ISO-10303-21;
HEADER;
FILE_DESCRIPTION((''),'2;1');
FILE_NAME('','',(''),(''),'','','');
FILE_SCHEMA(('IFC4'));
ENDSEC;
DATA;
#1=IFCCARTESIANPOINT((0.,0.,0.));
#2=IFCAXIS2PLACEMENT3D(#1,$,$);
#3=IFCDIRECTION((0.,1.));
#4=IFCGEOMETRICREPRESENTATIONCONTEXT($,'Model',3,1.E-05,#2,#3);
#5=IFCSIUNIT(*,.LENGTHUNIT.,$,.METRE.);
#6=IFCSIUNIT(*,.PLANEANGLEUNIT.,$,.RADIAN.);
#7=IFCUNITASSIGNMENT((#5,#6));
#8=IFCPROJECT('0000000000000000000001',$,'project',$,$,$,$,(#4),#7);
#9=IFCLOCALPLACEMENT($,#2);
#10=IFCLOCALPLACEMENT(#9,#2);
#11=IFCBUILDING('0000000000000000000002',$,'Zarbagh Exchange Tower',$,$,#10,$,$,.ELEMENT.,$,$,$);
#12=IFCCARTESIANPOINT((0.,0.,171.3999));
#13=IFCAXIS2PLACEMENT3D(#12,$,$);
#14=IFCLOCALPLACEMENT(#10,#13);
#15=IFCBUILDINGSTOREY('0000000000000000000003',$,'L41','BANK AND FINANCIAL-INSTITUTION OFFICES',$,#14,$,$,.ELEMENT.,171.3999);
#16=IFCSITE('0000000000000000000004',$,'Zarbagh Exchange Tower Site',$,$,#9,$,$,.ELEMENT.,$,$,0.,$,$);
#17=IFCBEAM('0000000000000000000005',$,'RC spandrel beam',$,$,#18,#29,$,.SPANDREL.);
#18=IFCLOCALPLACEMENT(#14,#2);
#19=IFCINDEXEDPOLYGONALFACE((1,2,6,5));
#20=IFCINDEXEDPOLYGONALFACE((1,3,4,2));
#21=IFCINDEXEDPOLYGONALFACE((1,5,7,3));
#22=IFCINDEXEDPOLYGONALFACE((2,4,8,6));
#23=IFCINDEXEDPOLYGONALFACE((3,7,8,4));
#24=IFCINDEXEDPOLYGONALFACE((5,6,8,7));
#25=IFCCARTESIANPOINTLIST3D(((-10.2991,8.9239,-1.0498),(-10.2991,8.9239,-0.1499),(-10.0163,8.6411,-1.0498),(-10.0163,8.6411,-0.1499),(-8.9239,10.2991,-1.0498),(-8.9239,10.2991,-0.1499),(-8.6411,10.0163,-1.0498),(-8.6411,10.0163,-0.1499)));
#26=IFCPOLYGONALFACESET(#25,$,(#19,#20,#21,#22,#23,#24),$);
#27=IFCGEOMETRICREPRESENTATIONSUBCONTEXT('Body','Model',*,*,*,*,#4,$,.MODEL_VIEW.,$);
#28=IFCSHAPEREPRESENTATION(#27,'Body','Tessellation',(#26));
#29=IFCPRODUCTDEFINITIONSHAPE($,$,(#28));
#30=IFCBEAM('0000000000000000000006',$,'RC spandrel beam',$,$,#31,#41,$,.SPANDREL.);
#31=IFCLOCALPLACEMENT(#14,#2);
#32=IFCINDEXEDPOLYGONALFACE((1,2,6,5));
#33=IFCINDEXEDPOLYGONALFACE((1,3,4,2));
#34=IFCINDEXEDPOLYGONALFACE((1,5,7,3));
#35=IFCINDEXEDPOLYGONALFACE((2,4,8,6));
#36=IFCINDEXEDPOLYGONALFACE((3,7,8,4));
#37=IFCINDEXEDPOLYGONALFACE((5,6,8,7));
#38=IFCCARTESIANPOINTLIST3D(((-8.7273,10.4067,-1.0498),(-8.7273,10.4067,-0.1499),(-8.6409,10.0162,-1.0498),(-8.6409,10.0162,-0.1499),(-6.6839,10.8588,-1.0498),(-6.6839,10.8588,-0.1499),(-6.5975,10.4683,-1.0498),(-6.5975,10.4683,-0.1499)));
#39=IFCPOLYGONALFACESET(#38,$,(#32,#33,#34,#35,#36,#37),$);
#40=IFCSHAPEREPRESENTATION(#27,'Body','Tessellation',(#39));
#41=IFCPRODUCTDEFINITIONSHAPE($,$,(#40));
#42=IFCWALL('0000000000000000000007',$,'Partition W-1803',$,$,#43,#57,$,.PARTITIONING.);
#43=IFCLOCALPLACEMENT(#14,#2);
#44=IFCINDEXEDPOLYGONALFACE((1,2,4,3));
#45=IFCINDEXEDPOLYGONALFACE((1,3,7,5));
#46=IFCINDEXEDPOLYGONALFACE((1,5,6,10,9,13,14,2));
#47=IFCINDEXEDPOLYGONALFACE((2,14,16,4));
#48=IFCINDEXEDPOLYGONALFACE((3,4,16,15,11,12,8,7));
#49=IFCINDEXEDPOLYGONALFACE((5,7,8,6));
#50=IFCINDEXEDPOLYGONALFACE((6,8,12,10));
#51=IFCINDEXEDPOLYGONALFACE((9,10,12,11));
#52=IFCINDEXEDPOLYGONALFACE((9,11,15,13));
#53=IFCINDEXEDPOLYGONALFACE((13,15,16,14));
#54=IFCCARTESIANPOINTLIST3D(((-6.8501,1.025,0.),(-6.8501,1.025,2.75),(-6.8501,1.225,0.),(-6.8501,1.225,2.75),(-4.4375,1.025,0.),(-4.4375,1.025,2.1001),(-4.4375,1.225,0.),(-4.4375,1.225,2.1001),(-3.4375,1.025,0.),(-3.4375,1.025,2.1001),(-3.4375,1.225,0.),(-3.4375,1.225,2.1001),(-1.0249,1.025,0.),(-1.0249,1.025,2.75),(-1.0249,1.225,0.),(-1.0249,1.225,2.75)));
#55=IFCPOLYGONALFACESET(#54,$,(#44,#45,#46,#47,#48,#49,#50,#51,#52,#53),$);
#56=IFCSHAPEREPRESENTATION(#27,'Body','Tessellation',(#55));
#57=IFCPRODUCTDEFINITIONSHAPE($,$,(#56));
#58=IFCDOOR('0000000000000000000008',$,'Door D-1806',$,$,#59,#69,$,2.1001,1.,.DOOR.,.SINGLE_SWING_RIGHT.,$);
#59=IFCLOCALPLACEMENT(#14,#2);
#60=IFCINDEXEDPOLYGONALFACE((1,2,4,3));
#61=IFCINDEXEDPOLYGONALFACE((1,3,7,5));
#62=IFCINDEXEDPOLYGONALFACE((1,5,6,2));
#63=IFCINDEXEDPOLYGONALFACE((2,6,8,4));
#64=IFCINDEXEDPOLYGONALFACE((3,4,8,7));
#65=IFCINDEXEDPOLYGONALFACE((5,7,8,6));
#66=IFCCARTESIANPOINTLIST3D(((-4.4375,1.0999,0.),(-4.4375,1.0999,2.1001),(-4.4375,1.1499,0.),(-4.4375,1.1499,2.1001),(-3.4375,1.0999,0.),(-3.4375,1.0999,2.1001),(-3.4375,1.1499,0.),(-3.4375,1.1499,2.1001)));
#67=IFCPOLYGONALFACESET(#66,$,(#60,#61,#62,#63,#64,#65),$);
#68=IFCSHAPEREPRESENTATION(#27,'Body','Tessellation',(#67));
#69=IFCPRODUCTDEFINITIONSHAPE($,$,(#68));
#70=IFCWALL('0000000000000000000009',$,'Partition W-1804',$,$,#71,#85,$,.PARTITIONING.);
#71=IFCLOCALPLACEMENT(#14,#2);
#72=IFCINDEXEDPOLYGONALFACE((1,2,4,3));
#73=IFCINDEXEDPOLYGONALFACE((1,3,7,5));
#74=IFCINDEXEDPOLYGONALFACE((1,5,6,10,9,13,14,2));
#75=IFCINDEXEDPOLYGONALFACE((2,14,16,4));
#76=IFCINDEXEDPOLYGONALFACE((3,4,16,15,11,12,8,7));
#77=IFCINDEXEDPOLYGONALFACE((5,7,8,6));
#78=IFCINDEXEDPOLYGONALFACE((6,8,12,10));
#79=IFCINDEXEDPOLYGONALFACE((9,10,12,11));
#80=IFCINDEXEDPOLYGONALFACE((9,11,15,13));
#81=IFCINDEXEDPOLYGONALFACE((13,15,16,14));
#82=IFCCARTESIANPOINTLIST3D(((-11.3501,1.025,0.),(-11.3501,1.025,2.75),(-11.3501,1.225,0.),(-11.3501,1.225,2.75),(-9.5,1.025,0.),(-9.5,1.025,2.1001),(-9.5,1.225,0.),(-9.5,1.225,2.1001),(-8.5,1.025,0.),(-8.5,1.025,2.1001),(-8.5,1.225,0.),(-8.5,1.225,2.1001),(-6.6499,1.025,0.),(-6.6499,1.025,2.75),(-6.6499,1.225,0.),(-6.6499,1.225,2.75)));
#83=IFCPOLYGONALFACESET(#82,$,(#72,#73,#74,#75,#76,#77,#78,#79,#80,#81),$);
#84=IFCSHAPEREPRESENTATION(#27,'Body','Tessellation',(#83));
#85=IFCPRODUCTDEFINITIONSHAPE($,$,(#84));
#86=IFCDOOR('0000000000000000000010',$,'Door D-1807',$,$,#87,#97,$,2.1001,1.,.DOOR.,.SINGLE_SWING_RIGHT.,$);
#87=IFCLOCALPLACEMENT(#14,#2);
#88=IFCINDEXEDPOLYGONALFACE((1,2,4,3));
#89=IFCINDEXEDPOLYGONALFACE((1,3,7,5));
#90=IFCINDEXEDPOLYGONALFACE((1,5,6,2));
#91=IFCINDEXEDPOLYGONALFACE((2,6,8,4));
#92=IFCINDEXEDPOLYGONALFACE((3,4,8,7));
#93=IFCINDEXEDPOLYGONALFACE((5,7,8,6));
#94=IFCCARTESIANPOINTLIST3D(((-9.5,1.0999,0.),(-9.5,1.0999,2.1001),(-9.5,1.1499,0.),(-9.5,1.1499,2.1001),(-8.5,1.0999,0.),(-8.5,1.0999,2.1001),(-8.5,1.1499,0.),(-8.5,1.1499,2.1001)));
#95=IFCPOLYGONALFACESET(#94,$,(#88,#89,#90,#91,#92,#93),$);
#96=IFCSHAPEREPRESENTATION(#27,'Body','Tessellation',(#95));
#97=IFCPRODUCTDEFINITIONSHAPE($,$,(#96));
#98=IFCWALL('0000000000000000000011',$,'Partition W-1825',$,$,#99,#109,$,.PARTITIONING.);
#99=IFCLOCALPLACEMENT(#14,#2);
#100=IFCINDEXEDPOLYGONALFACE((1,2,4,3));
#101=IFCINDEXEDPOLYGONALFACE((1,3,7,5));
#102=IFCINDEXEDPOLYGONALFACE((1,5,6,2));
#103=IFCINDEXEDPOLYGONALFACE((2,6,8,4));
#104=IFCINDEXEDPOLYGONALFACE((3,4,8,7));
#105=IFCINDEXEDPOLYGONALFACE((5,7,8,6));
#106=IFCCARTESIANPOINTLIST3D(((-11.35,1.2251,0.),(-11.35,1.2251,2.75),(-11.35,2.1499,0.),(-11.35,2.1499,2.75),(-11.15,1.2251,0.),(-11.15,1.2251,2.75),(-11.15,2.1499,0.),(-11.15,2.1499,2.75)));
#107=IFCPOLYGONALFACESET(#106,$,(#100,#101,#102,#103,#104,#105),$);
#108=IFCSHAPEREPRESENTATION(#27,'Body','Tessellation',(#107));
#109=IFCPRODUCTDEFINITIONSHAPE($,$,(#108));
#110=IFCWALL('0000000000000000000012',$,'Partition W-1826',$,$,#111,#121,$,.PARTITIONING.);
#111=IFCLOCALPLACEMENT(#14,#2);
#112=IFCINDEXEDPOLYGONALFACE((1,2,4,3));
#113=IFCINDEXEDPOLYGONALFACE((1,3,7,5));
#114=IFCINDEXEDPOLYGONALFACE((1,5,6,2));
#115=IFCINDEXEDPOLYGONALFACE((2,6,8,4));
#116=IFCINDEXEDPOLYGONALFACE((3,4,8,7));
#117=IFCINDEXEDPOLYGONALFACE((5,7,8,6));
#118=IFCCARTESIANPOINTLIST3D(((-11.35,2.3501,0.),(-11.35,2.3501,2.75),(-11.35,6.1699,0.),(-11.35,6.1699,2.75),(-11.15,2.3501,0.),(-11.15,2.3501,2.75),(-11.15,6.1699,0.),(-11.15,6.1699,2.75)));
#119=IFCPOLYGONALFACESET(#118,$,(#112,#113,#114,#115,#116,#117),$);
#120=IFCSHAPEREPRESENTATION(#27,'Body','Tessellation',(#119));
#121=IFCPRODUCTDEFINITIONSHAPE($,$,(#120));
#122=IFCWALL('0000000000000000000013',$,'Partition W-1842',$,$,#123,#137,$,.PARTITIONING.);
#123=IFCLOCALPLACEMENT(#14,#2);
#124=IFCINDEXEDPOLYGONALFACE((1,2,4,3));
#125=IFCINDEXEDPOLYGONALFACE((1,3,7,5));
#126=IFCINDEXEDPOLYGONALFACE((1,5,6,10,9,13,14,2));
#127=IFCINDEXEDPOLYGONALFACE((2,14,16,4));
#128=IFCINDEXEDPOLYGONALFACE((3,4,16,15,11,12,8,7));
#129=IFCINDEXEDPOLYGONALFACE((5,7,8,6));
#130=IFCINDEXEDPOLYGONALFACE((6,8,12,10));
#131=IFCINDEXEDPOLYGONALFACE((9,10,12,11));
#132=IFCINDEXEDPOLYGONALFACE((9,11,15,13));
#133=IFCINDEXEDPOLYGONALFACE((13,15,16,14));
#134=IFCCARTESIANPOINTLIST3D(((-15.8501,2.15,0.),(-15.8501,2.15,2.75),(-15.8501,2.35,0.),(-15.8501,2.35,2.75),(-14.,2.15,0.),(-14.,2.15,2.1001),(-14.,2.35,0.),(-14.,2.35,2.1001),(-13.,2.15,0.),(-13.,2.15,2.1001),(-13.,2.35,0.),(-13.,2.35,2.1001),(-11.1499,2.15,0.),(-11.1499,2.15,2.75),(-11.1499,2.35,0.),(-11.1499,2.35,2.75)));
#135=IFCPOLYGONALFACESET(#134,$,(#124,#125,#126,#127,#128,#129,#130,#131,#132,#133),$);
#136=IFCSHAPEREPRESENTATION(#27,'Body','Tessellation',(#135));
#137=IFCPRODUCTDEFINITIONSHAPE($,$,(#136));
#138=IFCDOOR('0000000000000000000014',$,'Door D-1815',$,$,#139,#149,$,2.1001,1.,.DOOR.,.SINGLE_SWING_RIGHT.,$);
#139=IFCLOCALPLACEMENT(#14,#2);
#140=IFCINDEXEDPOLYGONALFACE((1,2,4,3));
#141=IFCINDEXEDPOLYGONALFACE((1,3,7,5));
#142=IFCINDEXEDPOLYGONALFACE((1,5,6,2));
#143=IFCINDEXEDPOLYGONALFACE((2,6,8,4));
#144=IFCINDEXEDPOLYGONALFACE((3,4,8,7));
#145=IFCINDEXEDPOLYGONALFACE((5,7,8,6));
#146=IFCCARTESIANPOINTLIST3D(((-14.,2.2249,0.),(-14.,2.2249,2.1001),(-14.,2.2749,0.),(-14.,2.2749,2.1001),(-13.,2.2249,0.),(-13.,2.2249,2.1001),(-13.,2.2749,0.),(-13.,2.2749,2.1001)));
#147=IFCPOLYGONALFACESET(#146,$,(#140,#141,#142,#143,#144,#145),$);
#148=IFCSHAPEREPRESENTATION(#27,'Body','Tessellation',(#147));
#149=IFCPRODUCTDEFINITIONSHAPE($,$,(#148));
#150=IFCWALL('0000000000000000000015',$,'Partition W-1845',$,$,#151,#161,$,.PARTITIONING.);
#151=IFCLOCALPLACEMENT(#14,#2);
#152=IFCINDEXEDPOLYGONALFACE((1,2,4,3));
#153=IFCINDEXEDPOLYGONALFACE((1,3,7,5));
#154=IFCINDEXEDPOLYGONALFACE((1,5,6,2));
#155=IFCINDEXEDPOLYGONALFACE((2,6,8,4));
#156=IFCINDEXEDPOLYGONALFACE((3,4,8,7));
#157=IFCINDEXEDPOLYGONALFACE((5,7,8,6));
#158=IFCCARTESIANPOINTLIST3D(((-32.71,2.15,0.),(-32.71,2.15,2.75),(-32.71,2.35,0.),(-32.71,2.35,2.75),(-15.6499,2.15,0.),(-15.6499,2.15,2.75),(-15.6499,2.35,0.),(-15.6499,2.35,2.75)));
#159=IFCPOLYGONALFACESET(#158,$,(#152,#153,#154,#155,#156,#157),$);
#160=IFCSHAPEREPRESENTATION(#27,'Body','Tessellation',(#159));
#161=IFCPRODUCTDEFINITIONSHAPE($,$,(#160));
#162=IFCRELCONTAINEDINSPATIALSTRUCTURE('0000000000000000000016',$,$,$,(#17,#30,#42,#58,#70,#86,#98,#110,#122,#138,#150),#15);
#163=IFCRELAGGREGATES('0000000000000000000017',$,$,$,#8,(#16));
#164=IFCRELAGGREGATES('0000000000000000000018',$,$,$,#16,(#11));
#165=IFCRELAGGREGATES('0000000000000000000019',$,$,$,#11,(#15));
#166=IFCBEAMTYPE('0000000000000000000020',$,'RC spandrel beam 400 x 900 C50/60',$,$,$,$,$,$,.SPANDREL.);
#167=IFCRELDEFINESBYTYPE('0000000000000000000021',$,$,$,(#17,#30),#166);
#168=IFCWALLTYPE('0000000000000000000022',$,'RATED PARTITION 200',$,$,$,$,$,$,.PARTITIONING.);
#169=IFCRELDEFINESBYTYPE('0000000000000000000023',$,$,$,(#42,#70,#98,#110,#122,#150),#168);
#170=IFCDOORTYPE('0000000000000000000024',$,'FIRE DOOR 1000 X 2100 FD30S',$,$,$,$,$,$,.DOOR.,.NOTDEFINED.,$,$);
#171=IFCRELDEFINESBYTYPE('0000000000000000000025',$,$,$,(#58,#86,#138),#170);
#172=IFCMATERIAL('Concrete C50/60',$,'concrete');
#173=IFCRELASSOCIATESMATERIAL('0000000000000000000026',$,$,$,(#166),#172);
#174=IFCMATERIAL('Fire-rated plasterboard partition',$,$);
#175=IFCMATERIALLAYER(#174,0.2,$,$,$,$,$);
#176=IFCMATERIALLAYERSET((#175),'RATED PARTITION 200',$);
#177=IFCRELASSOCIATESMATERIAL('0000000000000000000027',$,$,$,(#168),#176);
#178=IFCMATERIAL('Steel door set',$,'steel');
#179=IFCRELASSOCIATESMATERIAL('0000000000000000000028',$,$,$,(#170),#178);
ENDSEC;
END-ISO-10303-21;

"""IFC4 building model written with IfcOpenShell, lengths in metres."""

from ifc_helpers import new_model, si_unit, direction, frame, frame_2d, origin, origin_2d, place, context, subcontext, project, spatial, rectangle, extrude, material, layer, layer_set, material_profile, profile_set, type_object, element, fill, save


model = new_model("IFC4")

# Units and contexts
model_context = context("Model", 3, precision=1e-05, world=origin(), true_north=direction((0.0, 1.0)))
body_context = subcontext(model_context, "Body", "Model", "MODEL_VIEW")
ifc_project = project(units=[si_unit("LENGTHUNIT", "METRE"), si_unit("PLANEANGLEUNIT", "RADIAN")], contexts=[model_context])

# Site, building, storey
site_placement = place(None, origin())
site = spatial("IfcSite", under=ifc_project, at=site_placement, Name="Zarbagh Exchange Tower Site", CompositionType="ELEMENT", RefElevation=0.0)
building_placement = place(site_placement, origin())
building = spatial("IfcBuilding", under=site, at=building_placement, Name="Zarbagh Exchange Tower", CompositionType="ELEMENT")
storey_placement = place(building_placement, frame((0.0, 0.0, 171.3999)))
storey = spatial("IfcBuildingStorey", under=building, at=storey_placement, Name="L41", Description="BANK AND FINANCIAL-INSTITUTION OFFICES", CompositionType="ELEMENT", Elevation=171.3999)

# Shared definitions
ifc_material_1 = material(Name="Concrete C50/60", Category="concrete")

# Beams
ifc_material_profile_1 = material_profile(ifc_material_1, rectangle(XDim=0.3999, YDim=0.8999, at=origin_2d()), Name="RC spandrel beam 400 x 900 C50/60")
ifc_profile_set_1 = profile_set([ifc_material_profile_1], Name="Concrete C50/60")
beam_type_1 = type_object("IfcBeamType", Name="RC spandrel beam 400 x 900 C50/60", PredefinedType="SPANDREL", material=ifc_profile_set_1)
beam_1_placement = place(storey_placement, frame((-10.1577, 8.7825, -0.5999), z_axis=(0.707107, 0.707107, 0.0), x_axis=(-0.707107, 0.707107, 0.0)))
element("IfcBeam", 1, at=beam_1_placement, inside=storey, type_object=beam_type_1, Name="RC spandrel beam", PredefinedType="SPANDREL", context=body_context, shape_type="SweptSolid", body=[
    extrude(rectangle(XDim=0.3999, YDim=0.8999, at=origin_2d()), origin(), (0.0, 0.0, 1.0), 1.9448),
])
beam_2_placement = place(storey_placement, frame((-8.6841, 10.2114, -0.5999), z_axis=(0.976384, 0.216041, 0.0), x_axis=(-0.216041, 0.976384, 0.0)))
element("IfcBeam", 2, at=beam_2_placement, inside=storey, type_object=beam_type_1, Name="RC spandrel beam", PredefinedType="SPANDREL", context=body_context, shape_type="SweptSolid", body=[
    extrude(rectangle(XDim=0.3999, YDim=0.8999, at=origin_2d()), origin(), (0.0, 0.0, 1.0), 2.0928),
])

# Walls, openings, doors
ifc_material_2 = material(Name="Fire-rated plasterboard partition")
ifc_layer = layer(ifc_material_2, 0.2)
ifc_layer_set = layer_set([ifc_layer], Name="RATED PARTITION 200")
wall_type = type_object("IfcWallType", Name="RATED PARTITION 200", PredefinedType="PARTITIONING", material=ifc_layer_set)
wall_1_placement = place(storey_placement, frame((-6.8501, 1.125, 0.0), z_axis=(0.0, 0.0, 1.0), x_axis=(1.0, 0.0, 0.0)))
wall_1 = element("IfcWall", 3, at=wall_1_placement, inside=storey, type_object=wall_type, Name="Partition W-1803", PredefinedType="PARTITIONING", context=body_context, shape_type="SweptSolid", body=[
    extrude(rectangle(XDim=5.8252, YDim=0.2, at=frame_2d((2.9126, 0.0))), origin(), (0.0, 0.0, 1.0), 2.75),
])
opening_1_placement = place(wall_1_placement, frame((2.4126, 0.0, 0.0)))
opening_1 = element("IfcOpeningElement", 4, at=opening_1_placement, cuts=wall_1, PredefinedType="OPENING", context=body_context, shape_type="SweptSolid", body=[
    extrude(rectangle(XDim=1.0, YDim=2.1001, at=frame_2d((0.5, 1.05))), frame((0.0, 0.1099, 0.0), z_axis=(0.0, -1.0, 0.0), x_axis=(1.0, 0.0, 0.0)), (0.0, 0.0, 1.0), 0.22),
])
ifc_material_3 = material(Name="Steel door set", Category="steel")
door_type = type_object("IfcDoorType", Name="FIRE DOOR 1000 X 2100 FD30S", OperationType="NOTDEFINED", PredefinedType="DOOR", material=ifc_material_3)
door_1_placement = place(opening_1_placement, origin())
door_1 = element("IfcDoor", 5, at=door_1_placement, inside=storey, type_object=door_type, Name="Door D-1806", OperationType="SINGLE_SWING_RIGHT", OverallHeight=2.1001, OverallWidth=1.0, PredefinedType="DOOR", context=body_context, shape_type="SweptSolid", body=[
    extrude(rectangle(XDim=1.0, YDim=2.1001, at=frame_2d((0.5, 1.05))), frame((0.0, 0.0249, 0.0), z_axis=(0.0, -1.0, 0.0), x_axis=(1.0, 0.0, 0.0)), (0.0, 0.0, 1.0), 0.05),
])
fill(opening_1, door_1)
wall_2_placement = place(storey_placement, frame((-11.3501, 1.125, 0.0), z_axis=(0.0, 0.0, 1.0), x_axis=(1.0, 0.0, 0.0)))
wall_2 = element("IfcWall", 6, at=wall_2_placement, inside=storey, type_object=wall_type, Name="Partition W-1804", PredefinedType="PARTITIONING", context=body_context, shape_type="SweptSolid", body=[
    extrude(rectangle(XDim=4.7002, YDim=0.2, at=frame_2d((2.3501, 0.0))), origin(), (0.0, 0.0, 1.0), 2.75),
])
opening_2_placement = place(wall_2_placement, frame((1.8501, 0.0, 0.0)))
opening_2 = element("IfcOpeningElement", 7, at=opening_2_placement, cuts=wall_2, PredefinedType="OPENING", context=body_context, shape_type="SweptSolid", body=[
    extrude(rectangle(XDim=1.0, YDim=2.1001, at=frame_2d((0.5, 1.05))), frame((0.0, 0.1099, 0.0), z_axis=(0.0, -1.0, 0.0), x_axis=(1.0, 0.0, 0.0)), (0.0, 0.0, 1.0), 0.22),
])
door_2_placement = place(opening_2_placement, origin())
door_2 = element("IfcDoor", 8, at=door_2_placement, inside=storey, type_object=door_type, Name="Door D-1807", OperationType="SINGLE_SWING_RIGHT", OverallHeight=2.1001, OverallWidth=1.0, PredefinedType="DOOR", context=body_context, shape_type="SweptSolid", body=[
    extrude(rectangle(XDim=1.0, YDim=2.1001, at=frame_2d((0.5, 1.05))), frame((0.0, 0.0249, 0.0), z_axis=(0.0, -1.0, 0.0), x_axis=(1.0, 0.0, 0.0)), (0.0, 0.0, 1.0), 0.05),
])
fill(opening_2, door_2)

# Walls
wall_3_placement = place(storey_placement, frame((-11.25, 1.2251, 0.0), z_axis=(0.0, 0.0, 1.0), x_axis=(0.0, 1.0, 0.0)))
element("IfcWall", 9, at=wall_3_placement, inside=storey, type_object=wall_type, Name="Partition W-1825", PredefinedType="PARTITIONING", context=body_context, shape_type="SweptSolid", body=[
    extrude(rectangle(XDim=0.9248, YDim=0.2, at=frame_2d((0.4624, 0.0))), origin(), (0.0, 0.0, 1.0), 2.75),
])
wall_4_placement = place(storey_placement, frame((-11.25, 2.3501, 0.0), z_axis=(0.0, 0.0, 1.0), x_axis=(0.0, 1.0, 0.0)))
element("IfcWall", 10, at=wall_4_placement, inside=storey, type_object=wall_type, Name="Partition W-1826", PredefinedType="PARTITIONING", context=body_context, shape_type="SweptSolid", body=[
    extrude(rectangle(XDim=3.8198, YDim=0.2, at=frame_2d((1.9099, 0.0))), origin(), (0.0, 0.0, 1.0), 2.75),
])

# Wall, opening, door
wall_5_placement = place(storey_placement, frame((-15.8501, 2.25, 0.0), z_axis=(0.0, 0.0, 1.0), x_axis=(1.0, 0.0, 0.0)))
wall_5 = element("IfcWall", 11, at=wall_5_placement, inside=storey, type_object=wall_type, Name="Partition W-1842", PredefinedType="PARTITIONING", context=body_context, shape_type="SweptSolid", body=[
    extrude(rectangle(XDim=4.7002, YDim=0.2, at=frame_2d((2.3501, 0.0))), origin(), (0.0, 0.0, 1.0), 2.75),
])
opening_3_placement = place(wall_5_placement, frame((1.8501, 0.0, 0.0)))
opening_3 = element("IfcOpeningElement", 12, at=opening_3_placement, cuts=wall_5, PredefinedType="OPENING", context=body_context, shape_type="SweptSolid", body=[
    extrude(rectangle(XDim=1.0, YDim=2.1001, at=frame_2d((0.5, 1.05))), frame((0.0, 0.1099, 0.0), z_axis=(0.0, -1.0, 0.0), x_axis=(1.0, 0.0, 0.0)), (0.0, 0.0, 1.0), 0.22),
])
door_3_placement = place(opening_3_placement, origin())
door_3 = element("IfcDoor", 13, at=door_3_placement, inside=storey, type_object=door_type, Name="Door D-1815", OperationType="SINGLE_SWING_RIGHT", OverallHeight=2.1001, OverallWidth=1.0, PredefinedType="DOOR", context=body_context, shape_type="SweptSolid", body=[
    extrude(rectangle(XDim=1.0, YDim=2.1001, at=frame_2d((0.5, 1.05))), frame((0.0, 0.0249, 0.0), z_axis=(0.0, -1.0, 0.0), x_axis=(1.0, 0.0, 0.0)), (0.0, 0.0, 1.0), 0.05),
])
fill(opening_3, door_3)

# Wall
wall_6_placement = place(storey_placement, frame((-32.71, 2.25, 0.0), z_axis=(0.0, 0.0, 1.0), x_axis=(1.0, 0.0, 0.0)))
element("IfcWall", 14, at=wall_6_placement, inside=storey, type_object=wall_type, Name="Partition W-1845", PredefinedType="PARTITIONING", context=body_context, shape_type="SweptSolid", body=[
    extrude(rectangle(XDim=17.0601, YDim=0.2, at=frame_2d((8.53, 0.0))), origin(), (0.0, 0.0, 1.0), 2.75),
])

save(model, "model.ifc")
